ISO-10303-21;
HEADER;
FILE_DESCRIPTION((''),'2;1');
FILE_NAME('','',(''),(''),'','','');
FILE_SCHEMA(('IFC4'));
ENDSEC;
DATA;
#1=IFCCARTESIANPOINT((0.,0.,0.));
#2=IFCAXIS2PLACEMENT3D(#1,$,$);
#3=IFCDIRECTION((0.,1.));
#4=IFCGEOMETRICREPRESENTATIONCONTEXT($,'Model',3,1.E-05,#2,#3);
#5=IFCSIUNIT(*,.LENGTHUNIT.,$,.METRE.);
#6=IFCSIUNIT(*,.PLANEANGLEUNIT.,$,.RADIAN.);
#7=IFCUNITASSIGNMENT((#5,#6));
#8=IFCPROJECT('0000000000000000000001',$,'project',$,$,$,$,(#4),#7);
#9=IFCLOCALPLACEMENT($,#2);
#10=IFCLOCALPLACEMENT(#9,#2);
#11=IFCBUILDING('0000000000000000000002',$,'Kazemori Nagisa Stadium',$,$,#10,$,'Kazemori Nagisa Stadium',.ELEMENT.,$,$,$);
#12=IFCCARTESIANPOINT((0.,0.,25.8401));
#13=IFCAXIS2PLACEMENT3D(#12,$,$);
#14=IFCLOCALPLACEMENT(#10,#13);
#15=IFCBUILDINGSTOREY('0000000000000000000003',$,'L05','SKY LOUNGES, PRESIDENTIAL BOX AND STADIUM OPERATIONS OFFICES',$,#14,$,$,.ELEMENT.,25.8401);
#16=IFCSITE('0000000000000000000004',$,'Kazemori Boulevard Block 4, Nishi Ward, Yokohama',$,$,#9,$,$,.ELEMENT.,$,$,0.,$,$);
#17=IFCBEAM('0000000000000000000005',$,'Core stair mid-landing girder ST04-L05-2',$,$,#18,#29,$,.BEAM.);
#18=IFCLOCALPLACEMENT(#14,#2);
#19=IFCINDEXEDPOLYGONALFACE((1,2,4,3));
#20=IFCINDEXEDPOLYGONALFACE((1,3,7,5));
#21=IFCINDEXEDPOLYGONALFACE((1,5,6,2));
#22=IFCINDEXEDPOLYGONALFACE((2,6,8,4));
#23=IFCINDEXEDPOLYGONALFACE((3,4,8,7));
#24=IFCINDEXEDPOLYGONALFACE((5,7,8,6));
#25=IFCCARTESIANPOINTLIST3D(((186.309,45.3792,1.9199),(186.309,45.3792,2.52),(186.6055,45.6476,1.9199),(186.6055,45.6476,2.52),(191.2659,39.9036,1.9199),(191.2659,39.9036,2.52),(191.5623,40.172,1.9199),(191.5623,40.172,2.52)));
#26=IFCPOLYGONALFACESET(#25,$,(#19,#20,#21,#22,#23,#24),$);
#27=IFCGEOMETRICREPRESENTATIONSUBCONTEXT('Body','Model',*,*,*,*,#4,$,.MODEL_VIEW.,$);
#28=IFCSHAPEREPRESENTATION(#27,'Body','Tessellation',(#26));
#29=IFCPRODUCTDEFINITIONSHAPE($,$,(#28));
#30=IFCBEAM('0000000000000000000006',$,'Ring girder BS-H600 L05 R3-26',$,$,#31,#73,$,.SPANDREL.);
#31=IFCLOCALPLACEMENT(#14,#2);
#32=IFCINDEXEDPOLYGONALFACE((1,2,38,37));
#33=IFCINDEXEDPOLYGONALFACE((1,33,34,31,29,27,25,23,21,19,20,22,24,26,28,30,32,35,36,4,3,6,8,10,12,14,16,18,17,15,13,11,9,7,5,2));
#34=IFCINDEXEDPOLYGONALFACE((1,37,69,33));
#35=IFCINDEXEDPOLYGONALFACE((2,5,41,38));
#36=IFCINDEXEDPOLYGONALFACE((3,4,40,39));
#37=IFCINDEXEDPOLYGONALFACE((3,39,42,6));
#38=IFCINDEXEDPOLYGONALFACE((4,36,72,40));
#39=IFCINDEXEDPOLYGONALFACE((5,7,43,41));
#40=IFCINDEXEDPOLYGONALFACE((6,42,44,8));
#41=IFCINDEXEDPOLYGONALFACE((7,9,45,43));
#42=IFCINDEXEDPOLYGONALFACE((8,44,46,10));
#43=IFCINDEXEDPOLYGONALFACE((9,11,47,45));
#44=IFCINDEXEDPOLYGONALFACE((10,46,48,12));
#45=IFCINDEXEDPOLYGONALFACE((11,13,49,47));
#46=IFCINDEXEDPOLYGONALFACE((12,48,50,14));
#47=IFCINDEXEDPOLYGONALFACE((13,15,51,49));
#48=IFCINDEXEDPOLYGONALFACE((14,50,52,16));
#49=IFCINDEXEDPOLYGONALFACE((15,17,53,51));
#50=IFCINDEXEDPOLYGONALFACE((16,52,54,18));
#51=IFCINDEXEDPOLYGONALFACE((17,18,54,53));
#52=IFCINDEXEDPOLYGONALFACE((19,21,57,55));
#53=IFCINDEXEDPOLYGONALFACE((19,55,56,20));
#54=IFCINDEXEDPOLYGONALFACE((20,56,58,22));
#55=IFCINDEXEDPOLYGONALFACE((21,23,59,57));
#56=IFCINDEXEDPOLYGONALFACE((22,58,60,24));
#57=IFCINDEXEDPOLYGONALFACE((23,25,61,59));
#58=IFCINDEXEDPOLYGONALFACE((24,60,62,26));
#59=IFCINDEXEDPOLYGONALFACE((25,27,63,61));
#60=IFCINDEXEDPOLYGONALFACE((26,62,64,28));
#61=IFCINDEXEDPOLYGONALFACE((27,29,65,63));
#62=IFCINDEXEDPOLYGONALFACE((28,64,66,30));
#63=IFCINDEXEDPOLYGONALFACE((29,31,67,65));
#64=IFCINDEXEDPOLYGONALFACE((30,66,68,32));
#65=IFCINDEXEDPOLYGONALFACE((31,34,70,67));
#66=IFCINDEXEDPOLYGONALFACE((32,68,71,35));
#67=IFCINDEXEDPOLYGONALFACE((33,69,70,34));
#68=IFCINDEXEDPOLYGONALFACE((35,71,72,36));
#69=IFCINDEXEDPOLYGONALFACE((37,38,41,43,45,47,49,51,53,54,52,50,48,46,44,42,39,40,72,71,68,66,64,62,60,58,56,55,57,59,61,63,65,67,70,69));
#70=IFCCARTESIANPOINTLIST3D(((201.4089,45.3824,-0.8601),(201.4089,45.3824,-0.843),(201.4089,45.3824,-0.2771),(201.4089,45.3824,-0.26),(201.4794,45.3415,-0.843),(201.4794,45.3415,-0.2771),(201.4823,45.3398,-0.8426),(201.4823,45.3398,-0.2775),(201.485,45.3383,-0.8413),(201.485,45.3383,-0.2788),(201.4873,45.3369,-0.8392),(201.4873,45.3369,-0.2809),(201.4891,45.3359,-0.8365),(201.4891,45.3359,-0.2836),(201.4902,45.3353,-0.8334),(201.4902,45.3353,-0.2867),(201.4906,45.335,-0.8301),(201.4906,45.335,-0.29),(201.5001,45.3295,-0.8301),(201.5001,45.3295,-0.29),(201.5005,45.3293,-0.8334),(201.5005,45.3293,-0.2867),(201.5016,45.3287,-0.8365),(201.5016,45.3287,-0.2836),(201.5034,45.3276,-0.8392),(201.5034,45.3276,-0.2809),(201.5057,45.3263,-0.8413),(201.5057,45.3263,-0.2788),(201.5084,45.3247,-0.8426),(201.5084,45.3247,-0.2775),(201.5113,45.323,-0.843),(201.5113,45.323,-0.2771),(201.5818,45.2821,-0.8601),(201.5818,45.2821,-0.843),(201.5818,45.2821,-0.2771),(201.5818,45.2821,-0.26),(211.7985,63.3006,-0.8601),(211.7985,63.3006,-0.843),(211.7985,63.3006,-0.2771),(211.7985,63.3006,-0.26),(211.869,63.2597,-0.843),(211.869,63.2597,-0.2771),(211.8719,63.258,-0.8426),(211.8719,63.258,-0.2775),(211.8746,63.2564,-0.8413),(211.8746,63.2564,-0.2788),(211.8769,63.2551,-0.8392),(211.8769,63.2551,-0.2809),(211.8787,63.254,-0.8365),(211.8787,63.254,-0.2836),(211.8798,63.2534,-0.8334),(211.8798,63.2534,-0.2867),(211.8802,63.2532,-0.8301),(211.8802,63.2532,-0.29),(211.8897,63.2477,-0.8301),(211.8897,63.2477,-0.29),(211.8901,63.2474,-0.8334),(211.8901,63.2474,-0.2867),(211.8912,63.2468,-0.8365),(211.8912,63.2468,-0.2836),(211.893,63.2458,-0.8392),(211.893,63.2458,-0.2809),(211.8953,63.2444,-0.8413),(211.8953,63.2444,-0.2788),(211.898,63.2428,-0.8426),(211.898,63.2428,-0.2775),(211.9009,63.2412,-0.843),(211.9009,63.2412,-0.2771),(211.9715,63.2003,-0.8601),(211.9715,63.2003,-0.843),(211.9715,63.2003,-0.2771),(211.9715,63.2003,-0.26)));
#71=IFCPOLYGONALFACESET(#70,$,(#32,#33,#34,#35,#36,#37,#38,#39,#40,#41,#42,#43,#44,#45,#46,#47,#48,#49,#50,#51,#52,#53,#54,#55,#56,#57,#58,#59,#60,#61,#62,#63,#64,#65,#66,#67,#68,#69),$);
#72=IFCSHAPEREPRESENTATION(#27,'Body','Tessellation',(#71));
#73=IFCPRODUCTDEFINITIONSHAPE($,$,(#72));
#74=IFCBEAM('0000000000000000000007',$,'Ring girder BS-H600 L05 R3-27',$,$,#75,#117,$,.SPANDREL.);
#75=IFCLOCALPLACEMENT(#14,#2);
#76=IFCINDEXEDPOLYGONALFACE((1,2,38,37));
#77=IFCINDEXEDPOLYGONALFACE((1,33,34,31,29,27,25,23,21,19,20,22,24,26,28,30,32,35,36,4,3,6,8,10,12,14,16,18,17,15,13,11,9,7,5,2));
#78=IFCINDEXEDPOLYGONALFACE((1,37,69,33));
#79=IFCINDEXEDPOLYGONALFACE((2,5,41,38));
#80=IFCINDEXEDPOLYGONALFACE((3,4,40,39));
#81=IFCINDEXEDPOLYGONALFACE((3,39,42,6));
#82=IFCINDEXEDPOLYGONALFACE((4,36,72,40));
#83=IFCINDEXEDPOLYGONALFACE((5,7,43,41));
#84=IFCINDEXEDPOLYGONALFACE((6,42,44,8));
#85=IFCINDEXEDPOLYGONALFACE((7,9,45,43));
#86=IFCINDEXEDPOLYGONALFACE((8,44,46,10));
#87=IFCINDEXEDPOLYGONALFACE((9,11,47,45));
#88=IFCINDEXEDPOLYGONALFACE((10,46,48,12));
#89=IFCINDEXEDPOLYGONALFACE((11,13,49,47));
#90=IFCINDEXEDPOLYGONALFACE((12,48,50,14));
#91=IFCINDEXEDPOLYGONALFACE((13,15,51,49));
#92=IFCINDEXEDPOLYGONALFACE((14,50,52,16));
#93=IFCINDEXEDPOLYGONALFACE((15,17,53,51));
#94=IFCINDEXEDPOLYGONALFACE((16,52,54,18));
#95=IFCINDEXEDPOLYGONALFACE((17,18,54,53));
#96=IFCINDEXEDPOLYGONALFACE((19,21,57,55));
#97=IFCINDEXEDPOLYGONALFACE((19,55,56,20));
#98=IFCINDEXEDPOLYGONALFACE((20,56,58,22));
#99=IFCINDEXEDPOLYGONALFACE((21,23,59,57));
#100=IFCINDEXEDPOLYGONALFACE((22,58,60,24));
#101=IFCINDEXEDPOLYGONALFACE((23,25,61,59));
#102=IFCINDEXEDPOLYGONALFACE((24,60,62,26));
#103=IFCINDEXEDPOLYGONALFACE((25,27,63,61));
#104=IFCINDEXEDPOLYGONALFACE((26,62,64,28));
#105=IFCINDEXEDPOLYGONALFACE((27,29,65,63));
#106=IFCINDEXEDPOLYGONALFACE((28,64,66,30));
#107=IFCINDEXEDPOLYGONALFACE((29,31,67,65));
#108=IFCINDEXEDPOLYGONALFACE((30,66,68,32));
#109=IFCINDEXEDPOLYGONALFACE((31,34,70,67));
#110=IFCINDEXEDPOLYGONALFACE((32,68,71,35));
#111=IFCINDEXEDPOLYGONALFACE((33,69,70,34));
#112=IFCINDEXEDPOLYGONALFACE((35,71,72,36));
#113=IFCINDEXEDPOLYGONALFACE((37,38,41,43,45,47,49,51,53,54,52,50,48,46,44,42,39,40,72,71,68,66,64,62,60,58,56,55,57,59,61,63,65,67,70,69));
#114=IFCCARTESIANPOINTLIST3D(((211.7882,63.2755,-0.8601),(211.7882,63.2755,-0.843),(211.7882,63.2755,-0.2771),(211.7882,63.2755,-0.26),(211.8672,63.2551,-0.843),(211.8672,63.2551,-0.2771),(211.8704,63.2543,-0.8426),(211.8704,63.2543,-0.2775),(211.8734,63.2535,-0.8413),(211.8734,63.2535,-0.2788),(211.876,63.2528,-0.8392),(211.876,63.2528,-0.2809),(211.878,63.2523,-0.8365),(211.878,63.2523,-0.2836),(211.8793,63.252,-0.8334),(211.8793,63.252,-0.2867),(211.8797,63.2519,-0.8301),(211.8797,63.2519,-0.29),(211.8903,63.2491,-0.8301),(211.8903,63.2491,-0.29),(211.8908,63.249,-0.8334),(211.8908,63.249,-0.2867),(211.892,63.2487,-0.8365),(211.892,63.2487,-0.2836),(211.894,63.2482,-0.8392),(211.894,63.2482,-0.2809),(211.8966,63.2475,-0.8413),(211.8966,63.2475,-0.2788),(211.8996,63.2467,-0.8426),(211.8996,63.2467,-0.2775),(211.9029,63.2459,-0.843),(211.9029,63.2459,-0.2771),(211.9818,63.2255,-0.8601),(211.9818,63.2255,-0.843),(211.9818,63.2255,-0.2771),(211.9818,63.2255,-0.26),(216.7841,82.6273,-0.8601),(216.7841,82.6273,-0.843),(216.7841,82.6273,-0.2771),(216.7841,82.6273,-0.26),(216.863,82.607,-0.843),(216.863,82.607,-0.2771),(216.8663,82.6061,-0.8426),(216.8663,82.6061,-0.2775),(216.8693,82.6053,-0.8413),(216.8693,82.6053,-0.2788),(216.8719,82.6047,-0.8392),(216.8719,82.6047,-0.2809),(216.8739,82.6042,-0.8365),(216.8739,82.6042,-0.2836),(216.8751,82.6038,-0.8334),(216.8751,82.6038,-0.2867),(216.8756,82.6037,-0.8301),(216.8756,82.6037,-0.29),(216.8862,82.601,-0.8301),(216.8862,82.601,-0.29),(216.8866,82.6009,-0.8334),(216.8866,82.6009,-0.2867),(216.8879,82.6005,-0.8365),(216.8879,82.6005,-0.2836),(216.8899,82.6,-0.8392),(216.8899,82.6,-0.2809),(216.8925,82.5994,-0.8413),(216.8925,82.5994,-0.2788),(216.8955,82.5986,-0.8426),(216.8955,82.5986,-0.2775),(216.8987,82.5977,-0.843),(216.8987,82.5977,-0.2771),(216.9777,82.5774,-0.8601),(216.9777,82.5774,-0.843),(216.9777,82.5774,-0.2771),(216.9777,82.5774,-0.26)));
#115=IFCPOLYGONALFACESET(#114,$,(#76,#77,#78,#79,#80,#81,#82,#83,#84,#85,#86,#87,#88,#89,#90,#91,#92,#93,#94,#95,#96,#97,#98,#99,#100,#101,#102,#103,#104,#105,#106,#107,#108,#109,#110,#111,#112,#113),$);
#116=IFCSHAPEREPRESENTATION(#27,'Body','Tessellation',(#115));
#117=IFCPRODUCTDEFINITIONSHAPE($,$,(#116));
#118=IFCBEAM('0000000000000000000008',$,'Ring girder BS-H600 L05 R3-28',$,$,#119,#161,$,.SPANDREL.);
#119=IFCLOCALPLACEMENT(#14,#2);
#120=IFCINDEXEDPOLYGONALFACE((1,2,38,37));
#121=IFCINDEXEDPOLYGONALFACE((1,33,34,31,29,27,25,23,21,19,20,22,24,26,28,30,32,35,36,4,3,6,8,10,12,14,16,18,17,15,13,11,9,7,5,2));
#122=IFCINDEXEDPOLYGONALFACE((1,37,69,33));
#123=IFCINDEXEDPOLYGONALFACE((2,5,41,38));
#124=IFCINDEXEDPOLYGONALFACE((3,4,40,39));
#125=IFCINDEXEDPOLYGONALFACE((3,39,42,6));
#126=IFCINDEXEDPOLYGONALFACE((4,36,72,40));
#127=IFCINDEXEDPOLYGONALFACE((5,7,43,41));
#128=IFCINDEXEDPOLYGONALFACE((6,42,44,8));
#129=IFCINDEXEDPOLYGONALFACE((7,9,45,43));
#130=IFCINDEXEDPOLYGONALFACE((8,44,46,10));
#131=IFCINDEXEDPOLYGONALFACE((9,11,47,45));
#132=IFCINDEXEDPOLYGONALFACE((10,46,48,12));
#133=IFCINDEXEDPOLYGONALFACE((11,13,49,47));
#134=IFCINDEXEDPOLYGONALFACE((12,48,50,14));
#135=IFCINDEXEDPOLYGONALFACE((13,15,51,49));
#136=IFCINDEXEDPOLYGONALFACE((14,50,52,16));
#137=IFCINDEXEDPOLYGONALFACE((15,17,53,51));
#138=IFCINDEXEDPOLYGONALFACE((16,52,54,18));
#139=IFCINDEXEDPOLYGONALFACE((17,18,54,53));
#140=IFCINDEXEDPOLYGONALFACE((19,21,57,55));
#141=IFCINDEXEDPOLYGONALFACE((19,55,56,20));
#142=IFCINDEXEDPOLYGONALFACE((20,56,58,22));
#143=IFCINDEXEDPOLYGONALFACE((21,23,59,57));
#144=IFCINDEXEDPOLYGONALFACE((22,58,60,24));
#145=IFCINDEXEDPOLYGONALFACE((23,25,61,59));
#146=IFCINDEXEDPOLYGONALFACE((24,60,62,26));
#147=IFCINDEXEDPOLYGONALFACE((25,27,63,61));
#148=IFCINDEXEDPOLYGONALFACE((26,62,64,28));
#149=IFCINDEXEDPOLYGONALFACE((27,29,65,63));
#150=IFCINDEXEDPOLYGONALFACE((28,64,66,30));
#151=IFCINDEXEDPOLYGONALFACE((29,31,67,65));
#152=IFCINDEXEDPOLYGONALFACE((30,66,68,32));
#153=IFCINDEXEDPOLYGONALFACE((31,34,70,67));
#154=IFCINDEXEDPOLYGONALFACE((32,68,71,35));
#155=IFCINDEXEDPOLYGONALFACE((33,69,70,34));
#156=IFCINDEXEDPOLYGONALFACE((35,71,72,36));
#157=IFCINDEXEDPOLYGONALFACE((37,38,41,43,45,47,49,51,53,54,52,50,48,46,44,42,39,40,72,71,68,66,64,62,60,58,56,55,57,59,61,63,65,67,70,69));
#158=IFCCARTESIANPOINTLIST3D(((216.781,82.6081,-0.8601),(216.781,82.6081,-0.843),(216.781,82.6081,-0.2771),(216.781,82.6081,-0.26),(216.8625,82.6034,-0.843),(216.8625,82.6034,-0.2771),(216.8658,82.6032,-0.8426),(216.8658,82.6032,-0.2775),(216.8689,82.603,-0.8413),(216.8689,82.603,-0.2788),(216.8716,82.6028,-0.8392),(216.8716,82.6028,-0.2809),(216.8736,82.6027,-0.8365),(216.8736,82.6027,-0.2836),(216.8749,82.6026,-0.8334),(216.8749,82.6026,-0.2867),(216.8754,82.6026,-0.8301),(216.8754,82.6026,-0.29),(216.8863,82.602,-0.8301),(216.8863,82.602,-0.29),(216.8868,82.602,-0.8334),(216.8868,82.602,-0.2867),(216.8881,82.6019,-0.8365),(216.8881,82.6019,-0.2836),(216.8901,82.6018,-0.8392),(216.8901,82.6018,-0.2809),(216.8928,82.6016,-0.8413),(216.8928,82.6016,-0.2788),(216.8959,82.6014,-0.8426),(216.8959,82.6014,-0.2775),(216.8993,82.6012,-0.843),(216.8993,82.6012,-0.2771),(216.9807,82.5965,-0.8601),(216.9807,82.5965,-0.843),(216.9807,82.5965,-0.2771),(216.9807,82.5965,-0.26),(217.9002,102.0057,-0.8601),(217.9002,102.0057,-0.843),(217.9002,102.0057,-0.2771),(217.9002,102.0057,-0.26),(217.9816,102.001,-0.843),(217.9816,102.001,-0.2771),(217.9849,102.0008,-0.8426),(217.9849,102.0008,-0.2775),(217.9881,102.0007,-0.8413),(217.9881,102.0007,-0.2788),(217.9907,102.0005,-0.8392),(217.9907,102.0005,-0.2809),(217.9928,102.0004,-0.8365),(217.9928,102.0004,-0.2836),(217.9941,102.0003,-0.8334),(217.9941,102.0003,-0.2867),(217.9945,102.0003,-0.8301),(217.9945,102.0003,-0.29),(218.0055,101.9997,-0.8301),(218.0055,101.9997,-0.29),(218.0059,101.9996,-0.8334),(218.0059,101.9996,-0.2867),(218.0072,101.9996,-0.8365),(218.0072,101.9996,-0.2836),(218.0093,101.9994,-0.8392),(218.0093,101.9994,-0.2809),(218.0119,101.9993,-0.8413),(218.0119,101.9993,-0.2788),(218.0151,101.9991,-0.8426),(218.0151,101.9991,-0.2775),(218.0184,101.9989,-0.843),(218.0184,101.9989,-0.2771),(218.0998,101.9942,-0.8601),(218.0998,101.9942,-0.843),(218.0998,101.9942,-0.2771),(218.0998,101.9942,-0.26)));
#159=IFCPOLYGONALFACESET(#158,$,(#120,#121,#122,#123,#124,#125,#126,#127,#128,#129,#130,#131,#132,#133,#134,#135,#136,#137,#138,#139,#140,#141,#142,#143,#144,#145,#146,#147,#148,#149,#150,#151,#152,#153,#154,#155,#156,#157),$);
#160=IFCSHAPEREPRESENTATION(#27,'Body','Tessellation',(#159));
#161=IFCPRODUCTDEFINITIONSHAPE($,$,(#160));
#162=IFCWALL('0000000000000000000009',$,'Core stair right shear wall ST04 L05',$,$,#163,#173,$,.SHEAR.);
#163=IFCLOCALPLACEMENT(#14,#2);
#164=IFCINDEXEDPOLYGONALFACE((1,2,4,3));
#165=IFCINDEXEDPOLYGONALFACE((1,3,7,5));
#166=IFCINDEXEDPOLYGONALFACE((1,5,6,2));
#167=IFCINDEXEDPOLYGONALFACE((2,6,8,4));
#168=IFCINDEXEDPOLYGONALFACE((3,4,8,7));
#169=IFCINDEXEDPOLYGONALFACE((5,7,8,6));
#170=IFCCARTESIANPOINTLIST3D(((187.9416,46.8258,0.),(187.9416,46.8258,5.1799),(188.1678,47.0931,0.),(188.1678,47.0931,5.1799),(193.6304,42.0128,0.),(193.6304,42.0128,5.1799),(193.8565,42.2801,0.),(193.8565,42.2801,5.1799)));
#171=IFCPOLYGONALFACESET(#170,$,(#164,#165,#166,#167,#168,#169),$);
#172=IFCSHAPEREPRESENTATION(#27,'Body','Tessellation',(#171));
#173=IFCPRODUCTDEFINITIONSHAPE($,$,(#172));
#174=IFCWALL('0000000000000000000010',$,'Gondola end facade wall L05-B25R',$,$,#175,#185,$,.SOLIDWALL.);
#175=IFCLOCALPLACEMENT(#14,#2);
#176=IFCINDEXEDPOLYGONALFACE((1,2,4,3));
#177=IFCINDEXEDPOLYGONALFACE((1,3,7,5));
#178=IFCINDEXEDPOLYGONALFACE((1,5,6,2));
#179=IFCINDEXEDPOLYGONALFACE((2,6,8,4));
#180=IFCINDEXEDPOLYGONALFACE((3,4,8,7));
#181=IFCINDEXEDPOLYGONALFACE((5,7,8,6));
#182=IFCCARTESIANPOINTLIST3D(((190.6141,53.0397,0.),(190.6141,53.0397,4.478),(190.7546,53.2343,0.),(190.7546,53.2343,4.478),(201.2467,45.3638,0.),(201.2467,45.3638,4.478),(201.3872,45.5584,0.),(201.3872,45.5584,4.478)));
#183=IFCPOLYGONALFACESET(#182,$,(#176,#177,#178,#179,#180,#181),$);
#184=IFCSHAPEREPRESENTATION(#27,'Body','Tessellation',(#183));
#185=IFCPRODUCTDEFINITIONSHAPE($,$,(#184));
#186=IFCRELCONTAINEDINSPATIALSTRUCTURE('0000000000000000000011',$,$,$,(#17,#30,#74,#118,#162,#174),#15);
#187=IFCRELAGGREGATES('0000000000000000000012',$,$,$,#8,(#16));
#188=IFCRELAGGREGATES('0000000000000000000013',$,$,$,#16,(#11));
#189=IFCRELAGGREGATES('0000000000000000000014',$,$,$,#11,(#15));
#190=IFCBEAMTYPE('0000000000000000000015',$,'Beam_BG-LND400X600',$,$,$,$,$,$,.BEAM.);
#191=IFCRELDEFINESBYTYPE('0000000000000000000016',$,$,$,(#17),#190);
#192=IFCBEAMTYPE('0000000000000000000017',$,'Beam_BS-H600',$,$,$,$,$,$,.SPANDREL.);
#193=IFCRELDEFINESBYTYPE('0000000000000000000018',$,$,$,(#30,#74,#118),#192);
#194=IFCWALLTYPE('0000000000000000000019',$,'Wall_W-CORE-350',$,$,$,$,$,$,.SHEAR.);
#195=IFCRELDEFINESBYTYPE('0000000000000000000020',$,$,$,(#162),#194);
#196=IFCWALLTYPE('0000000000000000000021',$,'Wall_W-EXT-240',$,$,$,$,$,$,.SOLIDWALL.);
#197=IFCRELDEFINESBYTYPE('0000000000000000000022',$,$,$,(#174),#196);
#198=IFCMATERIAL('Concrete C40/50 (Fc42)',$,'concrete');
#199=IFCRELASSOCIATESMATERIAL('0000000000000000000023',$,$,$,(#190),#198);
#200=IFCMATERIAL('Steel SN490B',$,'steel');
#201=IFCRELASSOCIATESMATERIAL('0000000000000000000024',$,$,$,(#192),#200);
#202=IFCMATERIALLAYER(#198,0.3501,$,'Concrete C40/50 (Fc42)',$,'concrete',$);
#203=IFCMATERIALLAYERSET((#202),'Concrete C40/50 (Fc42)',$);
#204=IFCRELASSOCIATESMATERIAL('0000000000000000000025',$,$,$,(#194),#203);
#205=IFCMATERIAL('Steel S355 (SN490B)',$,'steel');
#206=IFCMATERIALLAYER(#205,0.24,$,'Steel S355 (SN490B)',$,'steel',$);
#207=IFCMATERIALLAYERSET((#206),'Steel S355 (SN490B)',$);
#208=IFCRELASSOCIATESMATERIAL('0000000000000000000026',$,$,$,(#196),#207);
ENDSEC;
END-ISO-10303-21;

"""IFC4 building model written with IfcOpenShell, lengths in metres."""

from ifc_helpers import new_model, si_unit, direction, frame, frame_2d, origin, origin_2d, place, context, subcontext, project, spatial, rectangle, i_section, extrude, material, layer, layer_set, material_profile, profile_set, type_object, element, save


model = new_model("IFC4")

# Units and contexts
model_context = context("Model", 3, precision=1e-05, world=origin(), true_north=direction((0.0, 1.0)))
body_context = subcontext(model_context, "Body", "Model", "MODEL_VIEW")
ifc_project = project(units=[si_unit("LENGTHUNIT", "METRE"), si_unit("PLANEANGLEUNIT", "RADIAN")], contexts=[model_context])

# Site, building, storey
site_placement = place(None, origin())
site = spatial("IfcSite", under=ifc_project, at=site_placement, Name="Kazemori Boulevard Block 4, Nishi Ward, Yokohama", CompositionType="ELEMENT", RefElevation=0.0)
building_placement = place(site_placement, origin())
building = spatial("IfcBuilding", under=site, at=building_placement, Name="Kazemori Nagisa Stadium", LongName="Kazemori Nagisa Stadium", CompositionType="ELEMENT")
storey_placement = place(building_placement, frame((0.0, 0.0, 25.8401)))
storey = spatial("IfcBuildingStorey", under=building, at=storey_placement, Name="L05", Description="SKY LOUNGES, PRESIDENTIAL BOX AND STADIUM OPERATIONS OFFICES", CompositionType="ELEMENT", Elevation=25.8401)

# Beams
ifc_material_1 = material(Name="Steel SN490B", Category="steel")
ifc_material_2 = material(Name="Concrete C40/50 (Fc42)", Category="concrete")
ifc_material_profile_1 = material_profile(ifc_material_2, rectangle(XDim=0.3999, YDim=0.6001, at=origin_2d()), Name="RC-BM-400x600")
ifc_profile_set_1 = profile_set([ifc_material_profile_1], Name="Concrete C40/50 (Fc42)")
beam_type_1 = type_object("IfcBeamType", Name="Beam_BG-LND400X600", PredefinedType="BEAM", material=ifc_profile_set_1)
beam_1_placement = place(storey_placement, frame((186.4573, 45.5134, 2.22), z_axis=(0.671113, -0.741355, 0.0), x_axis=(0.741355, 0.671113, 0.0)))
element("IfcBeam", 1, at=beam_1_placement, inside=storey, type_object=beam_type_1, Name="Core stair mid-landing girder ST04-L05-2", PredefinedType="BEAM", context=body_context, shape_type="SweptSolid", body=[
    extrude(rectangle(XDim=0.3999, YDim=0.6001, at=origin_2d()), origin(), (0.0, 0.0, 1.0), 7.386),
])
ifc_material_profile_2 = material_profile(ifc_material_1, i_section(OverallWidth=0.2, OverallDepth=0.6001, WebThickness=0.011, FlangeThickness=0.0171, FilletRadius=0.0129, at=origin_2d()), Name="H-600x200x11x17")
ifc_profile_set_2 = profile_set([ifc_material_profile_2], Name="Steel SN490B")
beam_type_2 = type_object("IfcBeamType", Name="Beam_BS-H600", PredefinedType="SPANDREL", material=ifc_profile_set_2)
beam_2_placement = place(storey_placement, frame((201.4954, 45.3323, -0.5601), z_axis=(0.501613, 0.865092, 0.0), x_axis=(-0.865092, 0.501613, 0.0)))
element("IfcBeam", 2, at=beam_2_placement, inside=storey, type_object=beam_type_2, Name="Ring girder BS-H600 L05 R3-26", PredefinedType="SPANDREL", context=body_context, shape_type="SweptSolid", body=[
    extrude(i_section(OverallWidth=0.2, OverallDepth=0.6001, WebThickness=0.011, FlangeThickness=0.0171, FilletRadius=0.0129, at=origin_2d()), origin(), (0.0, 0.0, 1.0), 20.7124),
])
beam_3_placement = place(storey_placement, frame((211.885, 63.2505, -0.5601), z_axis=(0.249964, 0.968255, 0.0), x_axis=(-0.968255, 0.249964, 0.0)))
element("IfcBeam", 3, at=beam_3_placement, inside=storey, type_object=beam_type_2, Name="Ring girder BS-H600 L05 R3-27", PredefinedType="SPANDREL", context=body_context, shape_type="SweptSolid", body=[
    extrude(i_section(OverallWidth=0.2, OverallDepth=0.6001, WebThickness=0.011, FlangeThickness=0.0171, FilletRadius=0.0129, at=origin_2d()), origin(), (0.0, 0.0, 1.0), 19.9863),
])
beam_4_placement = place(storey_placement, frame((216.8809, 82.6023, -0.5601), z_axis=(0.057599, 0.99834, 0.0), x_axis=(-0.99834, 0.057599, 0.0)))
element("IfcBeam", 4, at=beam_4_placement, inside=storey, type_object=beam_type_2, Name="Ring girder BS-H600 L05 R3-28", PredefinedType="SPANDREL", context=body_context, shape_type="SweptSolid", body=[
    extrude(i_section(OverallWidth=0.2, OverallDepth=0.6001, WebThickness=0.011, FlangeThickness=0.0171, FilletRadius=0.0129, at=origin_2d()), origin(), (0.0, 0.0, 1.0), 19.4299),
])

# Walls
ifc_layer_1 = layer(ifc_material_2, 0.3501, Name="Concrete C40/50 (Fc42)", Category="concrete")
ifc_layer_set_1 = layer_set([ifc_layer_1], Name="Concrete C40/50 (Fc42)")
wall_type_1 = type_object("IfcWallType", Name="Wall_W-CORE-350", PredefinedType="SHEAR", material=ifc_layer_set_1)
wall_1_placement = place(storey_placement, frame((188.0547, 46.9595, 0.0), z_axis=(0.0, 0.0, 1.0), x_axis=(0.763422, -0.6459, 0.0)))
element("IfcWall", 5, at=wall_1_placement, inside=storey, type_object=wall_type_1, Name="Core stair right shear wall ST04 L05", PredefinedType="SHEAR", context=body_context, shape_type="SweptSolid", body=[
    extrude(rectangle(XDim=7.4517, YDim=0.3501, at=frame_2d((3.7258, 0.0))), origin(), (0.0, 0.0, 1.0), 5.1799),
])
ifc_material_3 = material(Name="Steel S355 (SN490B)", Category="steel")
ifc_layer_2 = layer(ifc_material_3, 0.24, Name="Steel S355 (SN490B)", Category="steel")
ifc_layer_set_2 = layer_set([ifc_layer_2], Name="Steel S355 (SN490B)")
wall_type_2 = type_object("IfcWallType", Name="Wall_W-EXT-240", PredefinedType="SOLIDWALL", material=ifc_layer_set_2)
wall_2_placement = place(storey_placement, frame((190.6843, 53.137, 0.0), z_axis=(0.0, 0.0, 1.0), x_axis=(0.810799, -0.585325, 0.0)))
element("IfcWall", 6, at=wall_2_placement, inside=storey, type_object=wall_type_2, Name="Gondola end facade wall L05-B25R", PredefinedType="SOLIDWALL", context=body_context, shape_type="SweptSolid", body=[
    extrude(rectangle(XDim=13.1138, YDim=0.24, at=frame_2d((6.5569, 0.0))), origin(), (0.0, 0.0, 1.0), 4.478),
])

save(model, "model.ifc")
